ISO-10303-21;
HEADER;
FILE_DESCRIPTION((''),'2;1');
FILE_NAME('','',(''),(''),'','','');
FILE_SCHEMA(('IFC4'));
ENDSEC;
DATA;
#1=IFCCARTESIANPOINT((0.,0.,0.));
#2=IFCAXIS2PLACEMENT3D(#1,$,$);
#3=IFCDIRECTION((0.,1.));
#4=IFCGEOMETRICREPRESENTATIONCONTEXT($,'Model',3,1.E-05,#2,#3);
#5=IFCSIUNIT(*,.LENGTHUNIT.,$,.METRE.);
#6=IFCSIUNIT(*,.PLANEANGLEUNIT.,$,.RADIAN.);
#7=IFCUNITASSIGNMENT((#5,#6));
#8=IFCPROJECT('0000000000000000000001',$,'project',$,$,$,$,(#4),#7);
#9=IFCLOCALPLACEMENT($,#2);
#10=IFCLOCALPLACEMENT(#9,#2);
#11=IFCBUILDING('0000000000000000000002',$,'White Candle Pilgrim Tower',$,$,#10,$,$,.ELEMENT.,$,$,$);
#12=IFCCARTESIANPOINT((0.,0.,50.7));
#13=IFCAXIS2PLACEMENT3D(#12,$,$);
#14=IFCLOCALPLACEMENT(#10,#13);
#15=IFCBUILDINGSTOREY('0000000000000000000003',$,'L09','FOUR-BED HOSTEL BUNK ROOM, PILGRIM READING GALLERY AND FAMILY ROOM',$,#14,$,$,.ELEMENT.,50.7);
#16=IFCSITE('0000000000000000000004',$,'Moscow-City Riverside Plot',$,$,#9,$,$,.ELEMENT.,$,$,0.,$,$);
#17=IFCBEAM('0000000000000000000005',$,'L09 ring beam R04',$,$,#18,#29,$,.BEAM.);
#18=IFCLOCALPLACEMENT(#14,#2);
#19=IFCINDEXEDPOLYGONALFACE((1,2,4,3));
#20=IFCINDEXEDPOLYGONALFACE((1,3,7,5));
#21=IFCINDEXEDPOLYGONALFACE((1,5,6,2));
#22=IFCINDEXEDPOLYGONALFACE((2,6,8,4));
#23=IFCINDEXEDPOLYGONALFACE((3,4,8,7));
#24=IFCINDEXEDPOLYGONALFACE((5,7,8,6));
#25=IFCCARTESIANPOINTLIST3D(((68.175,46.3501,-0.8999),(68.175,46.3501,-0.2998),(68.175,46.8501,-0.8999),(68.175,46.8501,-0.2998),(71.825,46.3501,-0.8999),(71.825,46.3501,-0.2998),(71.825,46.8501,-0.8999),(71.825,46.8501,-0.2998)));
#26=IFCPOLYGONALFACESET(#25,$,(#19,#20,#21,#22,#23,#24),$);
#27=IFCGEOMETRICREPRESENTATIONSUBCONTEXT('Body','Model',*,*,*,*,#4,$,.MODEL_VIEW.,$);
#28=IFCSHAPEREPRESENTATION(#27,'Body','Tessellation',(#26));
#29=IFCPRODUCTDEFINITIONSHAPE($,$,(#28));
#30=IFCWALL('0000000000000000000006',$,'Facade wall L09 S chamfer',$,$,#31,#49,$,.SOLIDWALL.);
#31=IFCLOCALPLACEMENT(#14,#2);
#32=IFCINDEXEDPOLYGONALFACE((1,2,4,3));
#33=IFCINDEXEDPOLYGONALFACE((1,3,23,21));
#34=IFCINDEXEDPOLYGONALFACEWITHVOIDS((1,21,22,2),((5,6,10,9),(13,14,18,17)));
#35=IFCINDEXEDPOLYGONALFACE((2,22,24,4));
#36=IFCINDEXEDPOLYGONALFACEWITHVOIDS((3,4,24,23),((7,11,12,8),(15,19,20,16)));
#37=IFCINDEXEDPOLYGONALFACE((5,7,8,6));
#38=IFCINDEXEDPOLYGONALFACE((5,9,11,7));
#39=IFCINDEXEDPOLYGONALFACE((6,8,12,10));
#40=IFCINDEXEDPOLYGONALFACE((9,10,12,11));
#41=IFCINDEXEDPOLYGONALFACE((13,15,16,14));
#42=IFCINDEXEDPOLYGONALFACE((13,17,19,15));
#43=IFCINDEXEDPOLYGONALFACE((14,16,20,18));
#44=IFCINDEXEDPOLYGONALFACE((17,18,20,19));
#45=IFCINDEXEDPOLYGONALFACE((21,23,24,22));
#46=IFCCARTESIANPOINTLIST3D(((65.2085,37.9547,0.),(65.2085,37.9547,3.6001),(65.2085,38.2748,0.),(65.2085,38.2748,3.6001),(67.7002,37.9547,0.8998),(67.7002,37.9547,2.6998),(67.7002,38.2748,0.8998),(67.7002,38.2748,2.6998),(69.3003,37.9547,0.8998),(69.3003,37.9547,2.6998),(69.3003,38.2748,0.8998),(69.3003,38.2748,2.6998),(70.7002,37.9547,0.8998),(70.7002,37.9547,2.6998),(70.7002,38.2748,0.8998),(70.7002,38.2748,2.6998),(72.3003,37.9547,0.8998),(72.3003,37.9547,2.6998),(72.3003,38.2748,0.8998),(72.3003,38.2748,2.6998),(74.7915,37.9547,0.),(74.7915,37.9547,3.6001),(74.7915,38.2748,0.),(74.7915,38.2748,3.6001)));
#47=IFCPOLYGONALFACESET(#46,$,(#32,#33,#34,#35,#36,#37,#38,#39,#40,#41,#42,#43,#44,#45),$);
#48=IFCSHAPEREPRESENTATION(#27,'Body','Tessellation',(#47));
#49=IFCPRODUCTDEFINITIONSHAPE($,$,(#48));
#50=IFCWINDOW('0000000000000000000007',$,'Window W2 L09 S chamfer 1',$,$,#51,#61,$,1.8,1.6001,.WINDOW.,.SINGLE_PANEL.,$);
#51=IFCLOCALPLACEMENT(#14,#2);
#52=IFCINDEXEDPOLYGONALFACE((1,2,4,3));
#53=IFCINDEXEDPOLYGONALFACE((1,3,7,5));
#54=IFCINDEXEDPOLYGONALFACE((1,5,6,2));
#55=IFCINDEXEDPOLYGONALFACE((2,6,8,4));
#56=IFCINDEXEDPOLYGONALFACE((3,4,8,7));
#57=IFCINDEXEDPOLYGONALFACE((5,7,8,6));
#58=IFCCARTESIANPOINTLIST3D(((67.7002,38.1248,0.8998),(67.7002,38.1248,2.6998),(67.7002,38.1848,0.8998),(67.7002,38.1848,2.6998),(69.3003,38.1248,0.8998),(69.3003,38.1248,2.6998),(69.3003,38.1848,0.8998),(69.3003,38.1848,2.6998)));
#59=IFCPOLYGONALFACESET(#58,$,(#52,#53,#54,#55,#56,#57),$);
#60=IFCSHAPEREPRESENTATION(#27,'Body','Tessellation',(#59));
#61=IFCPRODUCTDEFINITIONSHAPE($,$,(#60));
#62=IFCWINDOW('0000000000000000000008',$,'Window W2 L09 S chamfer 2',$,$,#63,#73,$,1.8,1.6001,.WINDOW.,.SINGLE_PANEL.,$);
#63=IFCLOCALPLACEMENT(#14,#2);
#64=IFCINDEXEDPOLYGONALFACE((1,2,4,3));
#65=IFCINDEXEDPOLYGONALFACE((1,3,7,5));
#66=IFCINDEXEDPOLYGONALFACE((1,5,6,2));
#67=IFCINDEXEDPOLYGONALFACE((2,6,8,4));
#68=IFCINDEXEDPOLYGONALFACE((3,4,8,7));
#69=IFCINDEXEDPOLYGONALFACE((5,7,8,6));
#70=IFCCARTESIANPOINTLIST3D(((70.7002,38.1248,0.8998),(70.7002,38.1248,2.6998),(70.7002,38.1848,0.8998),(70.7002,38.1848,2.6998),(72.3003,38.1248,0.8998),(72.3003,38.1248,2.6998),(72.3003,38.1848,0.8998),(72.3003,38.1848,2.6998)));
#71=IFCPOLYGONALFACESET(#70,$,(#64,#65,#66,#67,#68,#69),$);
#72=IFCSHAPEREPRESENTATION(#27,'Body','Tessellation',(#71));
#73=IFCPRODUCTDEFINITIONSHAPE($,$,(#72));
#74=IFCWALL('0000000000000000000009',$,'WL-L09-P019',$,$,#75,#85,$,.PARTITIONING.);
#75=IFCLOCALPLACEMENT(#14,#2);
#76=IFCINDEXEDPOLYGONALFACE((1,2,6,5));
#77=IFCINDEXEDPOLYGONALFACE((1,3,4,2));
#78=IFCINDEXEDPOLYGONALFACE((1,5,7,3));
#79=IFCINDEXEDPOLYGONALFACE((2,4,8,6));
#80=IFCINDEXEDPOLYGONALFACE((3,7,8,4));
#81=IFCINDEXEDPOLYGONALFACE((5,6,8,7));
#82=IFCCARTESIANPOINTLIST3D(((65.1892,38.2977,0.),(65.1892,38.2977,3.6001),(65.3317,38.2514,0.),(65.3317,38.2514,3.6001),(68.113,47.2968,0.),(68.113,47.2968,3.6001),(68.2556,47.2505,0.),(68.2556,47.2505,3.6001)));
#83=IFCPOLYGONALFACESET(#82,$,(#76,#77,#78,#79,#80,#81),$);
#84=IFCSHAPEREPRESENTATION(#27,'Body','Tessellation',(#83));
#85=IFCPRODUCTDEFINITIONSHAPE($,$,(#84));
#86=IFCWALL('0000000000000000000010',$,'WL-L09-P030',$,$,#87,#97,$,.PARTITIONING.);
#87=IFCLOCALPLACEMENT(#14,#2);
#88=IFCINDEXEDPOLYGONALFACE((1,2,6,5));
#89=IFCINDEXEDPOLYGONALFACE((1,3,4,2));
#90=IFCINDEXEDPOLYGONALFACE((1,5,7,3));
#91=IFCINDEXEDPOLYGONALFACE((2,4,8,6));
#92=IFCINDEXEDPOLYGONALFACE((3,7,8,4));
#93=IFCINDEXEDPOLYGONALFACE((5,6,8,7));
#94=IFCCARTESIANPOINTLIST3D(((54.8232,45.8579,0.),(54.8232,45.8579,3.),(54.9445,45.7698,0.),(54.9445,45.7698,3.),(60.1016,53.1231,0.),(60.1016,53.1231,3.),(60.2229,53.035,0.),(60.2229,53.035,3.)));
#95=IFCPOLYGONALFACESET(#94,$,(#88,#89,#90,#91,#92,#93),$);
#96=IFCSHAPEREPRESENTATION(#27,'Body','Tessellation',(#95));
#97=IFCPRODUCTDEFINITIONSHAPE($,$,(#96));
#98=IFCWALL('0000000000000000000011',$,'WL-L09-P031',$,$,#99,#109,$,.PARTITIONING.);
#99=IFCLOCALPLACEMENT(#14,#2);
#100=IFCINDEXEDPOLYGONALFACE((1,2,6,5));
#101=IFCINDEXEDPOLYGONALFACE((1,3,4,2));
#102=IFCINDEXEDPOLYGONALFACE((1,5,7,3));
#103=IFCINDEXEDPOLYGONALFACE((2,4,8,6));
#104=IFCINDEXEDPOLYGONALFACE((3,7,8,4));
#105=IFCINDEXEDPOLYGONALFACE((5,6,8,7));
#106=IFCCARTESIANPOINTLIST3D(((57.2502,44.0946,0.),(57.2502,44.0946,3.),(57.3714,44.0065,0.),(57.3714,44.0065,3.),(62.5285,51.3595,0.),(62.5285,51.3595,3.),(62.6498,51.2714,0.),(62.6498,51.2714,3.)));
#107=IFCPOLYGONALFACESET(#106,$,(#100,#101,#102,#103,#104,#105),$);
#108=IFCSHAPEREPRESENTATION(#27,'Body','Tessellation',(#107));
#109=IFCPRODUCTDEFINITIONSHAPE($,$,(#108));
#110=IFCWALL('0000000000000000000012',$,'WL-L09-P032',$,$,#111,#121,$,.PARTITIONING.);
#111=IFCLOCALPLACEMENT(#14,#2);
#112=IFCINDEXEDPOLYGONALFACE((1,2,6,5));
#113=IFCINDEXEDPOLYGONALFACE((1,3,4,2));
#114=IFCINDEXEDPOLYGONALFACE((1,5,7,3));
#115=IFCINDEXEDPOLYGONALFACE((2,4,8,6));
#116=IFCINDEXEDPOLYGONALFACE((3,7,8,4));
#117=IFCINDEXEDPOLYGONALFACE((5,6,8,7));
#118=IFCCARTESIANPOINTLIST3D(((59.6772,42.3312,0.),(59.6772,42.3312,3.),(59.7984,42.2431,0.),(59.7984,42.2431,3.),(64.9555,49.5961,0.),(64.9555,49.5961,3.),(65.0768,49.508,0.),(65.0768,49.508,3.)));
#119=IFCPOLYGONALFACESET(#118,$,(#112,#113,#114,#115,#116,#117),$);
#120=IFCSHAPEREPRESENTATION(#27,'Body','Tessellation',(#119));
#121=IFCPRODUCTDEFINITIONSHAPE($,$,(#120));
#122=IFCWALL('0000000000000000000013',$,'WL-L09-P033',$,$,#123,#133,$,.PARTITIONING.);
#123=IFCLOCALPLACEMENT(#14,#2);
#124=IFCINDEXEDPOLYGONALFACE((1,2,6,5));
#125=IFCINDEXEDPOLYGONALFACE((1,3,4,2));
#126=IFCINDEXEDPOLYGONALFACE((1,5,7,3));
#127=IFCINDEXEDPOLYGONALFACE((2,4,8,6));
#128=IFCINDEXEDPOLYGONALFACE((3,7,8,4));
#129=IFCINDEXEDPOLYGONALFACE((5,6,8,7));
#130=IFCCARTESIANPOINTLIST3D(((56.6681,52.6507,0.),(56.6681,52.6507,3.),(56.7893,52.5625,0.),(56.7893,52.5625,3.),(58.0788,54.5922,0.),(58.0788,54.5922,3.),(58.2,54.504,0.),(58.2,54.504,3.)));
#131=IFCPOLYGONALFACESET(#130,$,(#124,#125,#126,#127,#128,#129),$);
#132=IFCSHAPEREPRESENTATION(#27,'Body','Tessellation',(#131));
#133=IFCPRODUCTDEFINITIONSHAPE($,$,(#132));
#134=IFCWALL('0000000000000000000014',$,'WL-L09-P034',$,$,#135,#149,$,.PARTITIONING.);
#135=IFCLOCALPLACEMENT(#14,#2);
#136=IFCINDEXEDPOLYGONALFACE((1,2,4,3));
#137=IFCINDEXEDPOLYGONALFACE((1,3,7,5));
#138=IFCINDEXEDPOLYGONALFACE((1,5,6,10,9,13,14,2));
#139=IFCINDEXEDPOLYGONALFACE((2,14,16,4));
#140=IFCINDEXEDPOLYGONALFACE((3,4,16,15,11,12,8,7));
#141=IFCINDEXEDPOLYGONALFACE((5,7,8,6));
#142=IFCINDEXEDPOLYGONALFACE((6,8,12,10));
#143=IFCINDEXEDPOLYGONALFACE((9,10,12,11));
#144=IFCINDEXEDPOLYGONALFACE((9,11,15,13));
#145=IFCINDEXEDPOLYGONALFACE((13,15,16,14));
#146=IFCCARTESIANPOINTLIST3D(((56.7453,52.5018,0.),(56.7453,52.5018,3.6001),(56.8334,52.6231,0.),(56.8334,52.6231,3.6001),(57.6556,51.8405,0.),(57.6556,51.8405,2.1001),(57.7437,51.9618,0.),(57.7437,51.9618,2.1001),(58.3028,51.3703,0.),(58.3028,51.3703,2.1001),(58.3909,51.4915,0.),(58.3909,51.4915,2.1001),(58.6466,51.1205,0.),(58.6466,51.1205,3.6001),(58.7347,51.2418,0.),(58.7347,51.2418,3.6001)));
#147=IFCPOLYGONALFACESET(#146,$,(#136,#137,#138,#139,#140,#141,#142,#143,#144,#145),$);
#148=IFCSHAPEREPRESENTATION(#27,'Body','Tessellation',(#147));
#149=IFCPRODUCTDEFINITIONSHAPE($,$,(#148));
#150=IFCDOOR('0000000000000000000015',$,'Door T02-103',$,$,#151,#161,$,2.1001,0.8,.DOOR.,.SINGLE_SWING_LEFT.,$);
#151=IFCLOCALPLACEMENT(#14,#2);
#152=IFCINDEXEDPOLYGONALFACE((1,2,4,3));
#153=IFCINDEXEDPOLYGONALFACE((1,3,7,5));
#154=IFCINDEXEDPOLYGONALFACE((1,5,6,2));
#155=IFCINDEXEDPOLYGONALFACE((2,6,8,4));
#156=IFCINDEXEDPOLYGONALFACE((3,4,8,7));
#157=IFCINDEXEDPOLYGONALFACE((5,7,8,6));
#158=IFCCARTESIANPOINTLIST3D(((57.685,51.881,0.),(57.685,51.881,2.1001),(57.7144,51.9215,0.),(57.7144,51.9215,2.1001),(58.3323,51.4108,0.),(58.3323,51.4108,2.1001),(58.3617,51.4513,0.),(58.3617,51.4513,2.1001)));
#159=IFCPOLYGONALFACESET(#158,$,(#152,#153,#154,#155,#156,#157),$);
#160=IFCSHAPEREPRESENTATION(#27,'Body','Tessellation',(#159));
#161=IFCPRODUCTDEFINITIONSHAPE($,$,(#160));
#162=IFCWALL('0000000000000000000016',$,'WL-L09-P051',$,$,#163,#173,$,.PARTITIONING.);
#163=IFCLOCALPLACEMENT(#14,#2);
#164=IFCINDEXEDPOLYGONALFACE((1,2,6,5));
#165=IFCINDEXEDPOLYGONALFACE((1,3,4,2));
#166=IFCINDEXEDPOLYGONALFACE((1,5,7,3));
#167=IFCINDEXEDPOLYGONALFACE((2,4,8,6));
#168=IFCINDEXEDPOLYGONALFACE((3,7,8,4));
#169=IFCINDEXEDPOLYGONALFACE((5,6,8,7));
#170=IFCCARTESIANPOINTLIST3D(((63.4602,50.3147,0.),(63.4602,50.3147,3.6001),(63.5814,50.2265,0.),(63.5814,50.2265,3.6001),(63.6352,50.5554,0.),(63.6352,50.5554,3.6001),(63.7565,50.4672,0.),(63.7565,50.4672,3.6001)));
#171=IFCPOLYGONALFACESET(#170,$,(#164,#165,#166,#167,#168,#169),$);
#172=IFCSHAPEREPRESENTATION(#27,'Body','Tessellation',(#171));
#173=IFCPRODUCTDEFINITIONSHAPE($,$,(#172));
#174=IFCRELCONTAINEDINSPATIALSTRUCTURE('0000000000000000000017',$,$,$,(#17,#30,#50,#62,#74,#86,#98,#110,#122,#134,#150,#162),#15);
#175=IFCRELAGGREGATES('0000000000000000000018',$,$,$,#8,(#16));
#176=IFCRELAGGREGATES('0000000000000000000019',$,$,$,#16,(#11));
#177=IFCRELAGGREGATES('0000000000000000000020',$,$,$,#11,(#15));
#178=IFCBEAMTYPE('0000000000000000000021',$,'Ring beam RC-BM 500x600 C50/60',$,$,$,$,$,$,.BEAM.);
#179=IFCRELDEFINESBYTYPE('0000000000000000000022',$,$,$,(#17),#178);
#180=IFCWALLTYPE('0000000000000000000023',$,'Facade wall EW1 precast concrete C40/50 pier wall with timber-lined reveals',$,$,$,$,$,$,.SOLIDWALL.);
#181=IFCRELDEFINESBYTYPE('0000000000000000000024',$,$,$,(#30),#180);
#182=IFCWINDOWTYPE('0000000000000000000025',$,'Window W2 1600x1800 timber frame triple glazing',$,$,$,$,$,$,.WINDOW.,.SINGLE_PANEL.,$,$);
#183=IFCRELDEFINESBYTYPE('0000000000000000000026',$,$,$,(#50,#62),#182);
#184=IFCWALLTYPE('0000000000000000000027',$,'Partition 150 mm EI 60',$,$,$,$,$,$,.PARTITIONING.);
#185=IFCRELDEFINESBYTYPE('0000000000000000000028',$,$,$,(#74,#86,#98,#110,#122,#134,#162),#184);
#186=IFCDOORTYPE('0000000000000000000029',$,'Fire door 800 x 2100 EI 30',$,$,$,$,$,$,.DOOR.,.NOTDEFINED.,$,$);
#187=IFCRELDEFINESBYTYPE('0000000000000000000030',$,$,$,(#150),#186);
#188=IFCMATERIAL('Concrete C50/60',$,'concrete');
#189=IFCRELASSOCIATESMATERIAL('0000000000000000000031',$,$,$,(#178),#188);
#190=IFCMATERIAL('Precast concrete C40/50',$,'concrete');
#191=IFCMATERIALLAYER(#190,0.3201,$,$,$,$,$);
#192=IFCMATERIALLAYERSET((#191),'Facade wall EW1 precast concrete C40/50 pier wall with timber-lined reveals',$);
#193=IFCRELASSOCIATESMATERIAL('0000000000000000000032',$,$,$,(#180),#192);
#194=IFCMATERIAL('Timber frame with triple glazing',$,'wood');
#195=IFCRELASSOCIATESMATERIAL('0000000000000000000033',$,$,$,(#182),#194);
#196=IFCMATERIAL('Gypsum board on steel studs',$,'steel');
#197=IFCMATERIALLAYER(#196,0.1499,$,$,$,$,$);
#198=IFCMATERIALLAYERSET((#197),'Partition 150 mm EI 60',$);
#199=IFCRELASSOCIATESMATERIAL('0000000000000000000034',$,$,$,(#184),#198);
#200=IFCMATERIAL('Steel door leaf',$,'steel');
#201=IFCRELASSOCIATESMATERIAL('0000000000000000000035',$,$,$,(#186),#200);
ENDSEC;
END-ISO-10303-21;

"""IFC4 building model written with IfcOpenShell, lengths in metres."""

from ifc_helpers import new_model, si_unit, direction, frame, frame_2d, origin, origin_2d, place, context, subcontext, project, spatial, rectangle, extrude, material, layer, layer_set, material_profile, profile_set, type_object, element, fill, save


model = new_model("IFC4")

# Units and contexts
model_context = context("Model", 3, precision=1e-05, world=origin(), true_north=direction((0.0, 1.0)))
body_context = subcontext(model_context, "Body", "Model", "MODEL_VIEW")
ifc_project = project(units=[si_unit("LENGTHUNIT", "METRE"), si_unit("PLANEANGLEUNIT", "RADIAN")], contexts=[model_context])

# Site, building, storey
site_placement = place(None, origin())
site = spatial("IfcSite", under=ifc_project, at=site_placement, Name="Moscow-City Riverside Plot", CompositionType="ELEMENT", RefElevation=0.0)
building_placement = place(site_placement, origin())
building = spatial("IfcBuilding", under=site, at=building_placement, Name="White Candle Pilgrim Tower", CompositionType="ELEMENT")
storey_placement = place(building_placement, frame((0.0, 0.0, 50.7)))
storey = spatial("IfcBuildingStorey", under=building, at=storey_placement, Name="L09", Description="FOUR-BED HOSTEL BUNK ROOM, PILGRIM READING GALLERY AND FAMILY ROOM", CompositionType="ELEMENT", Elevation=50.7)

# Beam
ifc_material_1 = material(Name="Concrete C50/60", Category="concrete")
ifc_material_profile_1 = material_profile(ifc_material_1, rectangle(XDim=0.5, YDim=0.6001, at=origin_2d()), Name="RC-BM 500x600")
ifc_profile_set_1 = profile_set([ifc_material_profile_1], Name="Concrete C50/60")
beam_type = type_object("IfcBeamType", Name="Ring beam RC-BM 500x600 C50/60", PredefinedType="BEAM", material=ifc_profile_set_1)
beam_1_placement = place(storey_placement, frame((68.175, 46.6001, -0.5999), z_axis=(1.0, 0.0, 0.0), x_axis=(0.0, 1.0, 0.0)))
element("IfcBeam", 1, at=beam_1_placement, inside=storey, type_object=beam_type, Name="L09 ring beam R04", PredefinedType="BEAM", context=body_context, shape_type="SweptSolid", body=[
    extrude(rectangle(XDim=0.5, YDim=0.6001, at=origin_2d()), origin(), (0.0, 0.0, 1.0), 3.6499),
])

# Wall, openings, windows
ifc_material_2 = material(Name="Precast concrete C40/50", Category="concrete")
ifc_layer_1 = layer(ifc_material_2, 0.3201)
ifc_layer_set_1 = layer_set([ifc_layer_1], Name="Facade wall EW1 precast concrete C40/50 pier wall with timber-lined reveals")
wall_type_1 = type_object("IfcWallType", Name="Facade wall EW1 precast concrete C40/50 pier wall with timber-lined reveals", PredefinedType="SOLIDWALL", material=ifc_layer_set_1)
wall_1_placement = place(storey_placement, frame((65.2085, 38.1147, 0.0), z_axis=(0.0, 0.0, 1.0), x_axis=(1.0, 0.0, 0.0)))
wall_1 = element("IfcWall", 2, at=wall_1_placement, inside=storey, type_object=wall_type_1, Name="Facade wall L09 S chamfer", PredefinedType="SOLIDWALL", context=body_context, shape_type="SweptSolid", body=[
    extrude(rectangle(XDim=9.583, YDim=0.3201, at=frame_2d((4.7915, 0.0))), origin(), (0.0, 0.0, 1.0), 3.6001),
])
opening_1_placement = place(wall_1_placement, frame((2.4917, 0.0, 0.8999)))
opening_1 = element("IfcOpeningElement", 3, at=opening_1_placement, cuts=wall_1, PredefinedType="OPENING", context=body_context, shape_type="SweptSolid", body=[
    extrude(rectangle(XDim=1.6001, YDim=1.8, at=frame_2d((0.8, 0.8999))), frame((0.0, 0.1699, 0.0), z_axis=(0.0, -1.0, 0.0), x_axis=(1.0, 0.0, 0.0)), (0.0, 0.0, 1.0), 0.3401),
])
opening_2_placement = place(wall_1_placement, frame((5.4917, 0.0, 0.8999)))
opening_2 = element("IfcOpeningElement", 4, at=opening_2_placement, cuts=wall_1, PredefinedType="OPENING", context=body_context, shape_type="SweptSolid", body=[
    extrude(rectangle(XDim=1.6001, YDim=1.8, at=frame_2d((0.8, 0.8999))), frame((0.0, 0.1699, 0.0), z_axis=(0.0, -1.0, 0.0), x_axis=(1.0, 0.0, 0.0)), (0.0, 0.0, 1.0), 0.3401),
])
ifc_material_3 = material(Name="Timber frame with triple glazing", Category="wood")
window_type = type_object("IfcWindowType", Name="Window W2 1600x1800 timber frame triple glazing", PartitioningType="SINGLE_PANEL", PredefinedType="WINDOW", material=ifc_material_3)
window_1_placement = place(opening_1_placement, origin())
window_1 = element("IfcWindow", 5, at=window_1_placement, inside=storey, type_object=window_type, Name="Window W2 L09 S chamfer 1", OverallHeight=1.8, OverallWidth=1.6001, PartitioningType="SINGLE_PANEL", PredefinedType="WINDOW", context=body_context, shape_type="SweptSolid", body=[
    extrude(rectangle(XDim=1.6001, YDim=1.8, at=frame_2d((0.8, 0.8999))), frame((0.0, 0.0701, 0.0), z_axis=(0.0, -1.0, 0.0), x_axis=(1.0, 0.0, 0.0)), (0.0, 0.0, 1.0), 0.0601),
])
fill(opening_1, window_1)
window_2_placement = place(opening_2_placement, origin())
window_2 = element("IfcWindow", 6, at=window_2_placement, inside=storey, type_object=window_type, Name="Window W2 L09 S chamfer 2", OverallHeight=1.8, OverallWidth=1.6001, PartitioningType="SINGLE_PANEL", PredefinedType="WINDOW", context=body_context, shape_type="SweptSolid", body=[
    extrude(rectangle(XDim=1.6001, YDim=1.8, at=frame_2d((0.8, 0.8999))), frame((0.0, 0.0701, 0.0), z_axis=(0.0, -1.0, 0.0), x_axis=(1.0, 0.0, 0.0)), (0.0, 0.0, 1.0), 0.0601),
])
fill(opening_2, window_2)

# Walls
ifc_material_4 = material(Name="Gypsum board on steel studs", Category="steel")
ifc_layer_2 = layer(ifc_material_4, 0.1499)
ifc_layer_set_2 = layer_set([ifc_layer_2], Name="Partition 150 mm EI 60")
wall_type_2 = type_object("IfcWallType", Name="Partition 150 mm EI 60", PredefinedType="PARTITIONING", material=ifc_layer_set_2)
wall_2_placement = place(storey_placement, frame((65.2605, 38.2747, 0.0), z_axis=(0.0, 0.0, 1.0), x_axis=(0.309004, 0.951061, 0.0)))
element("IfcWall", 7, at=wall_2_placement, inside=storey, type_object=wall_type_2, Name="WL-L09-P019", PredefinedType="PARTITIONING", context=body_context, shape_type="SweptSolid", body=[
    extrude(rectangle(XDim=9.4622, YDim=0.1499, at=frame_2d((4.731, 0.0))), origin(), (0.0, 0.0, 1.0), 3.6001),
])
wall_3_placement = place(storey_placement, frame((54.8838, 45.8137, 0.0), z_axis=(0.0, 0.0, 1.0), x_axis=(0.587777, 0.809023, 0.0)))
element("IfcWall", 8, at=wall_3_placement, inside=storey, type_object=wall_type_2, Name="WL-L09-P030", PredefinedType="PARTITIONING", context=body_context, shape_type="SweptSolid", body=[
    extrude(rectangle(XDim=8.9802, YDim=0.1499, at=frame_2d((4.4902, 0.0))), origin(), (0.0, 0.0, 1.0), 3.0),
])
for number, where, z_axis, x_axis, name in (
    (9, (57.3108, 44.0505, 0.0), (0.0, 0.0, 1.0), (0.58779, 0.809013, 0.0), "WL-L09-P031"),
    (10, (59.7378, 42.2871, 0.0), (0.0, 0.0, 1.0), (0.58779, 0.809013, 0.0), "WL-L09-P032"),
):
    element("IfcWall", number, at=place(storey_placement, frame(where, z_axis=z_axis, x_axis=x_axis)), inside=storey, type_object=wall_type_2, Name=name, PredefinedType="PARTITIONING", context=body_context, shape_type="SweptSolid", body=[
        extrude(rectangle(XDim=8.98, YDim=0.1499, at=frame_2d((4.49, 0.0))), origin(), (0.0, 0.0, 1.0), 3.0),
    ])
wall_4_placement = place(storey_placement, frame((58.1394, 54.5481, 0.0), z_axis=(0.0, 0.0, 1.0), x_axis=(-0.587821, -0.808991, 0.0)))
element("IfcWall", 11, at=wall_4_placement, inside=storey, type_object=wall_type_2, Name="WL-L09-P033", PredefinedType="PARTITIONING", context=body_context, shape_type="SweptSolid", body=[
    extrude(rectangle(XDim=2.3999, YDim=0.1499, at=frame_2d((1.2, 0.0))), origin(), (0.0, 0.0, 1.0), 3.0),
])

# Wall, opening, door
wall_5_placement = place(storey_placement, frame((58.6907, 51.1812, 0.0), z_axis=(0.0, 0.0, 1.0), x_axis=(-0.809032, 0.587764, 0.0)))
wall_5 = element("IfcWall", 12, at=wall_5_placement, inside=storey, type_object=wall_type_2, Name="WL-L09-P034", PredefinedType="PARTITIONING", context=body_context, shape_type="SweptSolid", body=[
    extrude(rectangle(XDim=2.3501, YDim=0.1499, at=frame_2d((1.175, 0.0))), origin(), (0.0, 0.0, 1.0), 3.6001),
])
opening_3_placement = place(wall_5_placement, frame((0.425, 0.0, 0.0)))
opening_3 = element("IfcOpeningElement", 13, at=opening_3_placement, cuts=wall_5, PredefinedType="OPENING", context=body_context, shape_type="SweptSolid", body=[
    extrude(rectangle(XDim=0.8, YDim=2.1001, at=frame_2d((0.3999, 1.05))), frame((0.0, 0.085, 0.0), z_axis=(0.0, -1.0, 0.0), x_axis=(1.0, 0.0, 0.0)), (0.0, 0.0, 1.0), 0.1699),
])
ifc_material_5 = material(Name="Steel door leaf", Category="steel")
door_type = type_object("IfcDoorType", Name="Fire door 800 x 2100 EI 30", OperationType="NOTDEFINED", PredefinedType="DOOR", material=ifc_material_5)
door_placement = place(opening_3_placement, origin())
door = element("IfcDoor", 14, at=door_placement, inside=storey, type_object=door_type, Name="Door T02-103", OperationType="SINGLE_SWING_LEFT", OverallHeight=2.1001, OverallWidth=0.8, PredefinedType="DOOR", context=body_context, shape_type="SweptSolid", body=[
    extrude(rectangle(XDim=0.8, YDim=2.1001, at=frame_2d((0.3999, 1.05))), frame((0.0, 0.0249, 0.0), z_axis=(0.0, -1.0, 0.0), x_axis=(1.0, 0.0, 0.0)), (0.0, 0.0, 1.0), 0.05),
])
fill(opening_3, door)

# Wall
wall_6_placement = place(storey_placement, frame((63.5208, 50.2705, 0.0), z_axis=(0.0, 0.0, 1.0), x_axis=(0.588123, 0.808772, 0.0)))
element("IfcWall", 15, at=wall_6_placement, inside=storey, type_object=wall_type_2, Name="WL-L09-P051", PredefinedType="PARTITIONING", context=body_context, shape_type="SweptSolid", body=[
    extrude(rectangle(XDim=0.2976, YDim=0.1499, at=frame_2d((0.1489, 0.0))), origin(), (0.0, 0.0, 1.0), 3.6001),
])

save(model, "model.ifc")
